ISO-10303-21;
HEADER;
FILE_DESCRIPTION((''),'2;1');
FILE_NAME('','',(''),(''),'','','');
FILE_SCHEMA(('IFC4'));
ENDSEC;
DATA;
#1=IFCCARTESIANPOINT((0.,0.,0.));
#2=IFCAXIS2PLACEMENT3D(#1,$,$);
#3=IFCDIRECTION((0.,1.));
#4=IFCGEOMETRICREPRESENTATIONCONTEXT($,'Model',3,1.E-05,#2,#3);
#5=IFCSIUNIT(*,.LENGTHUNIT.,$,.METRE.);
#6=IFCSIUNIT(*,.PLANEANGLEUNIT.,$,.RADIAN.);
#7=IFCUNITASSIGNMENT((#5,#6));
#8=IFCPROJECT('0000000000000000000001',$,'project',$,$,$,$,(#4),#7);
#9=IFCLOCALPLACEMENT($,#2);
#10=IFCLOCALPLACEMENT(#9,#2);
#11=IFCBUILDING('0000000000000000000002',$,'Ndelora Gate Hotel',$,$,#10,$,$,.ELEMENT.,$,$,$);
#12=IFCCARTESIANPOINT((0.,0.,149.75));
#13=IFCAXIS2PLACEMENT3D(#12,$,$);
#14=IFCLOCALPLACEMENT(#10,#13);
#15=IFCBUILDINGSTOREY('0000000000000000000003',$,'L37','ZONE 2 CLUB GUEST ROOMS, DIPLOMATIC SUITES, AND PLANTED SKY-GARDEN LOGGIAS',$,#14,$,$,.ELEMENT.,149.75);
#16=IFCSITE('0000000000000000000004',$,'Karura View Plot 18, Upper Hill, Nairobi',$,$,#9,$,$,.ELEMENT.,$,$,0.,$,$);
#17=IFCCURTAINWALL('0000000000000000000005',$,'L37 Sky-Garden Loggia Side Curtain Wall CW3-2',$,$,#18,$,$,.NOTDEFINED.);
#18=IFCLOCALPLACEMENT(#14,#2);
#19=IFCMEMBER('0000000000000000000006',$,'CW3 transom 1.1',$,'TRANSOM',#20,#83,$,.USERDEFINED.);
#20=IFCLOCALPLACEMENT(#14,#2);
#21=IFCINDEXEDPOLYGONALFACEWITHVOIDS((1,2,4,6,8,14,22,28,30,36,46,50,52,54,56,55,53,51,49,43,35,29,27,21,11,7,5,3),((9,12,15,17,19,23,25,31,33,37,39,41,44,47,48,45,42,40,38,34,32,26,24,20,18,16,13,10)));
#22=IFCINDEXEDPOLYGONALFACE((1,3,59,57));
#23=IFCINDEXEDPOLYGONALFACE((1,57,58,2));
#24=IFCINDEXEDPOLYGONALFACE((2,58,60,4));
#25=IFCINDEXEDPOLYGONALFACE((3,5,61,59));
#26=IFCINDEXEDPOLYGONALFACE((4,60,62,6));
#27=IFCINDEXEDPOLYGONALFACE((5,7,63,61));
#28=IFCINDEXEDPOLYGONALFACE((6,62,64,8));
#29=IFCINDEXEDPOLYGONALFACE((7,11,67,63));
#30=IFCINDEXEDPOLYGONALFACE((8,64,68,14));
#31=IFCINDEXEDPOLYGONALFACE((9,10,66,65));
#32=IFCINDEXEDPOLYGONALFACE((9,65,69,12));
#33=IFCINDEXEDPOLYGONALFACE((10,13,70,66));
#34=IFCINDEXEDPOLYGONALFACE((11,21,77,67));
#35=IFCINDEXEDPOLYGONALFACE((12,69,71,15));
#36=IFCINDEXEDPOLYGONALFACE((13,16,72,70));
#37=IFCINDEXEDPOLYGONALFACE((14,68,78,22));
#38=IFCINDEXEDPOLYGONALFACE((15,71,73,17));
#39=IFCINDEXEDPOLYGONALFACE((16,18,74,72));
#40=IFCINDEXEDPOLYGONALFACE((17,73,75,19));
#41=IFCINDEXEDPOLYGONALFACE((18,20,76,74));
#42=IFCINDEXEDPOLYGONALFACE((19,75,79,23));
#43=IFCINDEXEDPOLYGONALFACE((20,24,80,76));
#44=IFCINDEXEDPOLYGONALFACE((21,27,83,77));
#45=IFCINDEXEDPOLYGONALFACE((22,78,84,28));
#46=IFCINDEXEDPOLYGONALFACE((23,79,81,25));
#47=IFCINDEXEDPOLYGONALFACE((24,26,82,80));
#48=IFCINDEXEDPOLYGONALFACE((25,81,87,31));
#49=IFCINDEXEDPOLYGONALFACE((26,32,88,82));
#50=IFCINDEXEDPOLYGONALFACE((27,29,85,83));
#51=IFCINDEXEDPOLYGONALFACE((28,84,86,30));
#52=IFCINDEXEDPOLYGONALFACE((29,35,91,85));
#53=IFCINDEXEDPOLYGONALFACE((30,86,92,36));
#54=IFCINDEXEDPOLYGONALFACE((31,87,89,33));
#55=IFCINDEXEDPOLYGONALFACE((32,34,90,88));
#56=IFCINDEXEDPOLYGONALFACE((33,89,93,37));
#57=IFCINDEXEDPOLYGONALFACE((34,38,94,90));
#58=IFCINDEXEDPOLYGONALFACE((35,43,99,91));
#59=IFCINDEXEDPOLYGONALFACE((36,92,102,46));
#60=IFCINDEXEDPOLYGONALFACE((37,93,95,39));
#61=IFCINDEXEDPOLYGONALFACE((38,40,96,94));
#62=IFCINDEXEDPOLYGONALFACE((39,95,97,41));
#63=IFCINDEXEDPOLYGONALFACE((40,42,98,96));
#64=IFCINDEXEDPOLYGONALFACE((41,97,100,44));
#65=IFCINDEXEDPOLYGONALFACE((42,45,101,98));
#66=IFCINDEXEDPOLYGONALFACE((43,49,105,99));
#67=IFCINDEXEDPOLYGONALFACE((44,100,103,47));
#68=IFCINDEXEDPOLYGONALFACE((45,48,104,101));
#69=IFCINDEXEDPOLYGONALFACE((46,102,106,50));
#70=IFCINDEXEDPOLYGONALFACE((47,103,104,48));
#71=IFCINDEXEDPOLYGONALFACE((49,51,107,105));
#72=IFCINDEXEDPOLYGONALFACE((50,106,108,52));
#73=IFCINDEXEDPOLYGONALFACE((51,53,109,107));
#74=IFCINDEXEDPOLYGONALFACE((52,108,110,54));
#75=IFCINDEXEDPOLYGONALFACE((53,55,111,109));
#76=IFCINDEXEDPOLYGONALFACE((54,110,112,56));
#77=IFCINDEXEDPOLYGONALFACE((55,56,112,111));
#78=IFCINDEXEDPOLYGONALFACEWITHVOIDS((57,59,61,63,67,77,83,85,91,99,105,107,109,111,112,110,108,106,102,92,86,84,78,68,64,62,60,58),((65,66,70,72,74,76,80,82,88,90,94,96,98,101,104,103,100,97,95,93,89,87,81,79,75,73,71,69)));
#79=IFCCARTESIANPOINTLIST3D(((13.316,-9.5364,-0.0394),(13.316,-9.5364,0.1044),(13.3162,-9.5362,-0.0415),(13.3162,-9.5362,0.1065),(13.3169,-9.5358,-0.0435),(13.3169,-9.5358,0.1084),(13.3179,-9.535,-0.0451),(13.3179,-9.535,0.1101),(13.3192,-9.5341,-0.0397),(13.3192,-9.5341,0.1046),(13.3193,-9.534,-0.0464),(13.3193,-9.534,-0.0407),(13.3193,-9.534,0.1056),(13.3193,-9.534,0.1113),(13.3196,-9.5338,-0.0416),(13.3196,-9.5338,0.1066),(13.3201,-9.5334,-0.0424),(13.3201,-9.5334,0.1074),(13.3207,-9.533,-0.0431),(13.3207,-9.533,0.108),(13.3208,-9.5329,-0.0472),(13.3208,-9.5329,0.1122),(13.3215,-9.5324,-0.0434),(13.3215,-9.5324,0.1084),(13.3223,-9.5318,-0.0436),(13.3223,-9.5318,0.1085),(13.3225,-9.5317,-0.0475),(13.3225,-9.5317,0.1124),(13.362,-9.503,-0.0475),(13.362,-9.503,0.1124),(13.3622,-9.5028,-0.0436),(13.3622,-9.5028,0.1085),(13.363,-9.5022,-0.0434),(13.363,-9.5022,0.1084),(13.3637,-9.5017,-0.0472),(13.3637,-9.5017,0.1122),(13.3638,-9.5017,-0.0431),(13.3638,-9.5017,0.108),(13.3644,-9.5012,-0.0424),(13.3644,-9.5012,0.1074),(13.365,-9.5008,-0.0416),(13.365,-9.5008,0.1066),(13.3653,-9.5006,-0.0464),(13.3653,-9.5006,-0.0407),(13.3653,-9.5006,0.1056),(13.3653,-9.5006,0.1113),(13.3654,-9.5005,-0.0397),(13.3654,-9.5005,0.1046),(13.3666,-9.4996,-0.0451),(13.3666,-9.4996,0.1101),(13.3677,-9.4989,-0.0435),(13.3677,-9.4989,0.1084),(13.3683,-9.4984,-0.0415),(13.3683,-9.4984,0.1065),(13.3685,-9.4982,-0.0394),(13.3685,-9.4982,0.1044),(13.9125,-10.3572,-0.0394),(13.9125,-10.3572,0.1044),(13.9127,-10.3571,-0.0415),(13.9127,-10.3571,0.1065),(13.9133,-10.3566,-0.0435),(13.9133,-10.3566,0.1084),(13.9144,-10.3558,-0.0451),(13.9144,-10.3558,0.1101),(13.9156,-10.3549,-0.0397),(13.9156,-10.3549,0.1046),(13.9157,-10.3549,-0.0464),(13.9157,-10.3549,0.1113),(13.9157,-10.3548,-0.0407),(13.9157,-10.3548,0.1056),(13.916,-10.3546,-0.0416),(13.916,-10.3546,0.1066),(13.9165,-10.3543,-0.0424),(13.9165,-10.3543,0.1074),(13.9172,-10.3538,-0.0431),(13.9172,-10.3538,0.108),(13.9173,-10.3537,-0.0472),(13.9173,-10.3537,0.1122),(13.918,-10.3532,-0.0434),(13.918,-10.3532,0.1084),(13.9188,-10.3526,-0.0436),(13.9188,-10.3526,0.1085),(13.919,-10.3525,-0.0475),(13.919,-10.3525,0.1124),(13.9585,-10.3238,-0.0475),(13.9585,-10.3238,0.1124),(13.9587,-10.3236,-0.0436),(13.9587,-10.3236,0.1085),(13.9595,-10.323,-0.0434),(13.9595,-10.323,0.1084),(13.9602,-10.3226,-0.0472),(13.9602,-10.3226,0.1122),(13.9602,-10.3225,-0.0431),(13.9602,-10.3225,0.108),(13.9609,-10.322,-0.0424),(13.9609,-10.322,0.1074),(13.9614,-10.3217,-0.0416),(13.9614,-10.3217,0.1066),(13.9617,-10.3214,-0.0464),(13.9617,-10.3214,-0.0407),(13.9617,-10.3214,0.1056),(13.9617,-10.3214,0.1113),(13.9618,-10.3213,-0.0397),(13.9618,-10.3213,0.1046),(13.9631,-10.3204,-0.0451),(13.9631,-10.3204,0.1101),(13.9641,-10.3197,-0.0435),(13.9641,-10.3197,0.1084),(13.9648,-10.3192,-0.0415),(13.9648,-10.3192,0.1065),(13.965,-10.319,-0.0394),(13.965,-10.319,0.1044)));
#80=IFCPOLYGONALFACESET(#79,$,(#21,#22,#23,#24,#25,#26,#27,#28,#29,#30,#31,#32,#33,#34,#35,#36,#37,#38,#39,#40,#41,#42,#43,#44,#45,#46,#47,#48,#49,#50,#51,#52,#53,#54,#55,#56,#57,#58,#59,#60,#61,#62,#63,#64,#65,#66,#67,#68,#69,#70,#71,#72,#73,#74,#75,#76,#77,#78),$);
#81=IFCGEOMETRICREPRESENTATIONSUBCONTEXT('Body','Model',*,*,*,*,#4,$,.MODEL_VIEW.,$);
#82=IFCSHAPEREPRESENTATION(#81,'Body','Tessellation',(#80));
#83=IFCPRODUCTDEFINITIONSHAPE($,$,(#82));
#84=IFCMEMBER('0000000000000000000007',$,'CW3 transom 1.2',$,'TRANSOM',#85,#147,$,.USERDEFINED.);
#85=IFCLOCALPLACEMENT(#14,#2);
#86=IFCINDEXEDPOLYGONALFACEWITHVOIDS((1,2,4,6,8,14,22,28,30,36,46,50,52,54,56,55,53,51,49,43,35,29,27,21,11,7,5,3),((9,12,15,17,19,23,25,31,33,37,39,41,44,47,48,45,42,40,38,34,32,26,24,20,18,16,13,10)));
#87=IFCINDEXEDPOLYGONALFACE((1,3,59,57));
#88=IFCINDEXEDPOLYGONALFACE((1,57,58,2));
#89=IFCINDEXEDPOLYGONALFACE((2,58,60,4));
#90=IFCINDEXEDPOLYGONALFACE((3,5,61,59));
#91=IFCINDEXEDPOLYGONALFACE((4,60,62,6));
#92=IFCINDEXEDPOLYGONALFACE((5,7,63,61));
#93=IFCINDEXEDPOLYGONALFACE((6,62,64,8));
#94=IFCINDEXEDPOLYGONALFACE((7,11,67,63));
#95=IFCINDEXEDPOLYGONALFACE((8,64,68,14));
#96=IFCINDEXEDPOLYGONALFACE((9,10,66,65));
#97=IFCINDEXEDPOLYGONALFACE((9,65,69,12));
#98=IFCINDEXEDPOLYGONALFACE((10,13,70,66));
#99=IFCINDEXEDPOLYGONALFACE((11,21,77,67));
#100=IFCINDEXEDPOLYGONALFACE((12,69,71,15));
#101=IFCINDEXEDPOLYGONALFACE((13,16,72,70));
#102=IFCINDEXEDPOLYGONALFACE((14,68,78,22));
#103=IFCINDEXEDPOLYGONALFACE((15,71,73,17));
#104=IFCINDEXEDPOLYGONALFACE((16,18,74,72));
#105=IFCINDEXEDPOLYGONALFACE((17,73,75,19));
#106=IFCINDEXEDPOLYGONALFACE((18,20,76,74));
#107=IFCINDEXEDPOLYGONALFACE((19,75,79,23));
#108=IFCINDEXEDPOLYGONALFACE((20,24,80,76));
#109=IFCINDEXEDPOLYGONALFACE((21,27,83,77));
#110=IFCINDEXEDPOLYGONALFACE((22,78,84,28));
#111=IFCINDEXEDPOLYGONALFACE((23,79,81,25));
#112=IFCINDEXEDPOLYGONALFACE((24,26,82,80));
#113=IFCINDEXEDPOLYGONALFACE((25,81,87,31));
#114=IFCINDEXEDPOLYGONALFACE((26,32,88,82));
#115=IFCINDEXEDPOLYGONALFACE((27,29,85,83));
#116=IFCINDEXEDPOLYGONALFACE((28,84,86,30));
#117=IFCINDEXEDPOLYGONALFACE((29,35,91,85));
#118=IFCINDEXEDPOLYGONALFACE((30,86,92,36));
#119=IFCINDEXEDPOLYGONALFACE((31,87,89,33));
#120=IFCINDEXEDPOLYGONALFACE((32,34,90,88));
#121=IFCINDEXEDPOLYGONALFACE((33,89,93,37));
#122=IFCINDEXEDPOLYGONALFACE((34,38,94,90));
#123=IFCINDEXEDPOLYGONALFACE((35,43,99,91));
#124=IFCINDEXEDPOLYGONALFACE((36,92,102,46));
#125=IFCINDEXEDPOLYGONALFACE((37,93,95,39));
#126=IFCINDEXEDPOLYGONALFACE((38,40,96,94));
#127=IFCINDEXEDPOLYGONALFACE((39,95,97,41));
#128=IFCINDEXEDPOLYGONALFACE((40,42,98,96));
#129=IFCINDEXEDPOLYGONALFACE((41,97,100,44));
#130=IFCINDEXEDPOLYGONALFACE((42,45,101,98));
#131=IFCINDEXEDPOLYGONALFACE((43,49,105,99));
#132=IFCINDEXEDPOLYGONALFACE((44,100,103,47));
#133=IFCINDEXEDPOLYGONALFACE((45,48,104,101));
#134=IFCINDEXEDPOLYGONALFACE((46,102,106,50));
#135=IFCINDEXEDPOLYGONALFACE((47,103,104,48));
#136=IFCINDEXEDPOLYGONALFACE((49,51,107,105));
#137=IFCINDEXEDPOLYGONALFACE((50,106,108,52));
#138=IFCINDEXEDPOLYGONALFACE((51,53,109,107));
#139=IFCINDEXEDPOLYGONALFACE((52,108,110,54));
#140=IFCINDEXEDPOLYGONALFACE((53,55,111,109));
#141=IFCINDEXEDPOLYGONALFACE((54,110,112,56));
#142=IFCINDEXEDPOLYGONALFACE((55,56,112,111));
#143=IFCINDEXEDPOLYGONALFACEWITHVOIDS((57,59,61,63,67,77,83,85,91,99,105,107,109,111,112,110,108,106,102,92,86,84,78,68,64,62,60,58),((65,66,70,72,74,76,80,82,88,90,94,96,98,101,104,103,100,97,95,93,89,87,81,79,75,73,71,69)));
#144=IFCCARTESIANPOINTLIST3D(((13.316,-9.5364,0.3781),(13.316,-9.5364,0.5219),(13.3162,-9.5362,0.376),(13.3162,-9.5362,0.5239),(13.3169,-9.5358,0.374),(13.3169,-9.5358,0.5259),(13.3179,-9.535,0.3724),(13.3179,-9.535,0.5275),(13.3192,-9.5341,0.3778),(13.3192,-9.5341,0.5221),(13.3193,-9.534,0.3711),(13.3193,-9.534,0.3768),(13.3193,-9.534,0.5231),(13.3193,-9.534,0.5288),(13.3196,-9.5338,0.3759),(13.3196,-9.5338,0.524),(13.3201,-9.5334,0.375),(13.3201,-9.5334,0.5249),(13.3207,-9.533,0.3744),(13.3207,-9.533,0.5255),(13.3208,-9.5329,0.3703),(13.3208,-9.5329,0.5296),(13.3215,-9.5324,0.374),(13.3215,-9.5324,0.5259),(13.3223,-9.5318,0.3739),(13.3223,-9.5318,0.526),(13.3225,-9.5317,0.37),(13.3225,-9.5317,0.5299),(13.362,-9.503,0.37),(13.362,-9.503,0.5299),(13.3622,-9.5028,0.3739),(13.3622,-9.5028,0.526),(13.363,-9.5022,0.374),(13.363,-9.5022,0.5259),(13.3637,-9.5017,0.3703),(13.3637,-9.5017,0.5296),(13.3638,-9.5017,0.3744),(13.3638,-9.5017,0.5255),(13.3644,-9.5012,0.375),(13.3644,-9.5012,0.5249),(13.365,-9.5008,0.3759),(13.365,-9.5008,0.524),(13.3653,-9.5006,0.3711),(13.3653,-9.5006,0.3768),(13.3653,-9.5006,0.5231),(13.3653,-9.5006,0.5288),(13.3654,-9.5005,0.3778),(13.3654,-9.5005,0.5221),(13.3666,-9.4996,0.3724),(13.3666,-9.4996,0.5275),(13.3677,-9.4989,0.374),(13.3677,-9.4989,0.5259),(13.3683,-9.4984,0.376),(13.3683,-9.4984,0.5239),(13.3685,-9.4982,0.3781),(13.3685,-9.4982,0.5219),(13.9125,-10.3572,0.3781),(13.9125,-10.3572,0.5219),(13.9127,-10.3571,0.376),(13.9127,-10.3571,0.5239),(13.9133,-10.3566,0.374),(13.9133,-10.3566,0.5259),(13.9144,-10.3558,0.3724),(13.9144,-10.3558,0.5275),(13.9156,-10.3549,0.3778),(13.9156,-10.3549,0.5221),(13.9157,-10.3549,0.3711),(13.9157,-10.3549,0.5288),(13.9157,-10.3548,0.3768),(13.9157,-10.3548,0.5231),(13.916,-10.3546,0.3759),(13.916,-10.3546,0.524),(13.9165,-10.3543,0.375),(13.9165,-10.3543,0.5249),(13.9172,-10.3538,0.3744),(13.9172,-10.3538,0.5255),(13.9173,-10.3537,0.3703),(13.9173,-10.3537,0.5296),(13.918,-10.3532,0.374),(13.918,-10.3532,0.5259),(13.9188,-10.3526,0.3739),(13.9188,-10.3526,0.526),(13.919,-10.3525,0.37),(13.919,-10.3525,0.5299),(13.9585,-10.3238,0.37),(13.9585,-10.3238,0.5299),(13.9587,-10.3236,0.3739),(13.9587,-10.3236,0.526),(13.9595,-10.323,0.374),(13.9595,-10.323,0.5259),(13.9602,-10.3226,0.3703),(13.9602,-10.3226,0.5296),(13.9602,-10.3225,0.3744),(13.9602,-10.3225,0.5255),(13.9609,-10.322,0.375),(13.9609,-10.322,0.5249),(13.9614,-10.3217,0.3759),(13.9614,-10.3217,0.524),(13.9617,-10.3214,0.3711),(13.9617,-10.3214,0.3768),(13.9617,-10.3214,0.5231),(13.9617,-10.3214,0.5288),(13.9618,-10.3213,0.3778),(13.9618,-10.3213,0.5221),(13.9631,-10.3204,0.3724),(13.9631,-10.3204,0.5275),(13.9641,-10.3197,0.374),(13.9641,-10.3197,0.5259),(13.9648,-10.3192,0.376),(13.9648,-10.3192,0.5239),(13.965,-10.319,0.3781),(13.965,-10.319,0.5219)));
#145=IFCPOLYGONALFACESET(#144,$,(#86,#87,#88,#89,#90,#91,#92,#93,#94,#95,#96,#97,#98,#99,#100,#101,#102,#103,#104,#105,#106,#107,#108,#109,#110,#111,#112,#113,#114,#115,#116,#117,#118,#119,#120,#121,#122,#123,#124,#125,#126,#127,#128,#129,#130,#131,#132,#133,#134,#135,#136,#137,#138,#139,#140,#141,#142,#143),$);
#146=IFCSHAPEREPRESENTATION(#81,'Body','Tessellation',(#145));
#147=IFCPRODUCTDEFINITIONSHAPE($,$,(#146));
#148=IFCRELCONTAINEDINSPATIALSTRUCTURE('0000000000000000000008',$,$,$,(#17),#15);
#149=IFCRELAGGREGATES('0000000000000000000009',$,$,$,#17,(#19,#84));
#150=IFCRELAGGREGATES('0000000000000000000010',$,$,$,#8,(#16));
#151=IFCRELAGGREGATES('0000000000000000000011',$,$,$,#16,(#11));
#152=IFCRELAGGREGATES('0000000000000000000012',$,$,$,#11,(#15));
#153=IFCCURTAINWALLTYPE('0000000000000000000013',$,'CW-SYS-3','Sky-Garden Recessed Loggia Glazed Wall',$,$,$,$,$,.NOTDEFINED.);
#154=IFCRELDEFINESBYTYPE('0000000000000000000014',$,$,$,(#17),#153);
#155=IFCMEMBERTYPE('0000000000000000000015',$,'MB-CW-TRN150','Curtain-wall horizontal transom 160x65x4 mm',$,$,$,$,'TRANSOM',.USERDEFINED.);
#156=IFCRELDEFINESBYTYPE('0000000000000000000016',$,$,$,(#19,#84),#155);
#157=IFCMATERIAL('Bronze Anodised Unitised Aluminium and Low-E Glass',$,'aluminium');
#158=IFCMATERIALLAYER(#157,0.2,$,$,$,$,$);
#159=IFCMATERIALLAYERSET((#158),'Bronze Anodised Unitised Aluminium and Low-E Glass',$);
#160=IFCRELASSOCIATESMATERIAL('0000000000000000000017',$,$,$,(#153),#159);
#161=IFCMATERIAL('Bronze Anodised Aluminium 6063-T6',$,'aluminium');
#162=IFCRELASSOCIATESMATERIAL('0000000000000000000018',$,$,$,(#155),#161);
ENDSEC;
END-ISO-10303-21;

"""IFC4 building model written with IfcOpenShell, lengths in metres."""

from ifc_helpers import new_model, si_unit, direction, frame, origin, origin_2d, place, context, subcontext, project, spatial, hollow_rectangle, extrude, material, layer, layer_set, material_profile, profile_set, type_object, element, aggregate, save


model = new_model("IFC4")

# Units and contexts
model_context = context("Model", 3, precision=1e-05, world=origin(), true_north=direction((0.0, 1.0)))
body_context = subcontext(model_context, "Body", "Model", "MODEL_VIEW")
ifc_project = project(units=[si_unit("LENGTHUNIT", "METRE"), si_unit("PLANEANGLEUNIT", "RADIAN")], contexts=[model_context])

# Site, building, storey
site_placement = place(None, origin())
site = spatial("IfcSite", under=ifc_project, at=site_placement, Name="Karura View Plot 18, Upper Hill, Nairobi", CompositionType="ELEMENT", RefElevation=0.0)
building_placement = place(site_placement, origin())
building = spatial("IfcBuilding", under=site, at=building_placement, Name="Ndelora Gate Hotel", CompositionType="ELEMENT")
storey_placement = place(building_placement, frame((0.0, 0.0, 149.75)))
storey = spatial("IfcBuildingStorey", under=building, at=storey_placement, Name="L37", Description="ZONE 2 CLUB GUEST ROOMS, DIPLOMATIC SUITES, AND PLANTED SKY-GARDEN LOGGIAS", CompositionType="ELEMENT", Elevation=149.75)

# Curtain wall, members
ifc_material_1 = material(Name="Bronze Anodised Unitised Aluminium and Low-E Glass", Category="aluminium")
ifc_layer_1 = layer(ifc_material_1, 0.2)
ifc_layer_set_1 = layer_set([ifc_layer_1], Name="Bronze Anodised Unitised Aluminium and Low-E Glass")
curtain_wall_type = type_object("IfcCurtainWallType", Name="CW-SYS-3", Description="Sky-Garden Recessed Loggia Glazed Wall", PredefinedType="NOTDEFINED", material=ifc_layer_set_1)
curtain_wall_placement = place(storey_placement, origin())
curtain_wall = element("IfcCurtainWall", 1, at=curtain_wall_placement, inside=storey, type_object=curtain_wall_type, Name="L37 Sky-Garden Loggia Side Curtain Wall CW3-2", PredefinedType="NOTDEFINED")
ifc_material_2 = material(Name="Bronze Anodised Aluminium 6063-T6", Category="aluminium")
ifc_material_profile_1 = material_profile(ifc_material_2, hollow_rectangle(XDim=0.0649, YDim=0.1599, WallThickness=0.0039, InnerFilletRadius=0.0039, OuterFilletRadius=0.0081, at=origin_2d()), Name="ALU 160x65x4")
ifc_profile_set_1 = profile_set([ifc_material_profile_1], Name="Bronze Anodised Aluminium 6063-T6")
member_type_1 = type_object("IfcMemberType", Name="MB-CW-TRN150", Description="Curtain-wall horizontal transom 160x65x4 mm", ElementType="TRANSOM", PredefinedType="USERDEFINED", material=ifc_profile_set_1)
member_1_placement = place(storey_placement, frame((13.9387, -10.3381, 0.0325), z_axis=(-0.587843, 0.808975, 0.0), x_axis=(-0.808975, -0.587843, 0.0)))
member_1 = element("IfcMember", 2, at=member_1_placement, type_object=member_type_1, Name="CW3 transom 1.1", ObjectType="TRANSOM", PredefinedType="USERDEFINED", context=body_context, shape_type="SweptSolid", body=[
    extrude(hollow_rectangle(XDim=0.0649, YDim=0.1599, WallThickness=0.0039, InnerFilletRadius=0.0039, OuterFilletRadius=0.0081, at=origin_2d()), origin(), (0.0, 0.0, 1.0), 1.0146),
])
member_2_placement = place(storey_placement, frame((13.9387, -10.3381, 0.45), z_axis=(-0.587843, 0.808975, 0.0), x_axis=(-0.808975, -0.587843, 0.0)))
member_2 = element("IfcMember", 3, at=member_2_placement, type_object=member_type_1, Name="CW3 transom 1.2", ObjectType="TRANSOM", PredefinedType="USERDEFINED", context=body_context, shape_type="SweptSolid", body=[
    extrude(hollow_rectangle(XDim=0.0649, YDim=0.1599, WallThickness=0.0039, InnerFilletRadius=0.0039, OuterFilletRadius=0.0081, at=origin_2d()), origin(), (0.0, 0.0, 1.0), 1.0146),
])
aggregate(curtain_wall, [member_1, member_2])

save(model, "model.ifc")
